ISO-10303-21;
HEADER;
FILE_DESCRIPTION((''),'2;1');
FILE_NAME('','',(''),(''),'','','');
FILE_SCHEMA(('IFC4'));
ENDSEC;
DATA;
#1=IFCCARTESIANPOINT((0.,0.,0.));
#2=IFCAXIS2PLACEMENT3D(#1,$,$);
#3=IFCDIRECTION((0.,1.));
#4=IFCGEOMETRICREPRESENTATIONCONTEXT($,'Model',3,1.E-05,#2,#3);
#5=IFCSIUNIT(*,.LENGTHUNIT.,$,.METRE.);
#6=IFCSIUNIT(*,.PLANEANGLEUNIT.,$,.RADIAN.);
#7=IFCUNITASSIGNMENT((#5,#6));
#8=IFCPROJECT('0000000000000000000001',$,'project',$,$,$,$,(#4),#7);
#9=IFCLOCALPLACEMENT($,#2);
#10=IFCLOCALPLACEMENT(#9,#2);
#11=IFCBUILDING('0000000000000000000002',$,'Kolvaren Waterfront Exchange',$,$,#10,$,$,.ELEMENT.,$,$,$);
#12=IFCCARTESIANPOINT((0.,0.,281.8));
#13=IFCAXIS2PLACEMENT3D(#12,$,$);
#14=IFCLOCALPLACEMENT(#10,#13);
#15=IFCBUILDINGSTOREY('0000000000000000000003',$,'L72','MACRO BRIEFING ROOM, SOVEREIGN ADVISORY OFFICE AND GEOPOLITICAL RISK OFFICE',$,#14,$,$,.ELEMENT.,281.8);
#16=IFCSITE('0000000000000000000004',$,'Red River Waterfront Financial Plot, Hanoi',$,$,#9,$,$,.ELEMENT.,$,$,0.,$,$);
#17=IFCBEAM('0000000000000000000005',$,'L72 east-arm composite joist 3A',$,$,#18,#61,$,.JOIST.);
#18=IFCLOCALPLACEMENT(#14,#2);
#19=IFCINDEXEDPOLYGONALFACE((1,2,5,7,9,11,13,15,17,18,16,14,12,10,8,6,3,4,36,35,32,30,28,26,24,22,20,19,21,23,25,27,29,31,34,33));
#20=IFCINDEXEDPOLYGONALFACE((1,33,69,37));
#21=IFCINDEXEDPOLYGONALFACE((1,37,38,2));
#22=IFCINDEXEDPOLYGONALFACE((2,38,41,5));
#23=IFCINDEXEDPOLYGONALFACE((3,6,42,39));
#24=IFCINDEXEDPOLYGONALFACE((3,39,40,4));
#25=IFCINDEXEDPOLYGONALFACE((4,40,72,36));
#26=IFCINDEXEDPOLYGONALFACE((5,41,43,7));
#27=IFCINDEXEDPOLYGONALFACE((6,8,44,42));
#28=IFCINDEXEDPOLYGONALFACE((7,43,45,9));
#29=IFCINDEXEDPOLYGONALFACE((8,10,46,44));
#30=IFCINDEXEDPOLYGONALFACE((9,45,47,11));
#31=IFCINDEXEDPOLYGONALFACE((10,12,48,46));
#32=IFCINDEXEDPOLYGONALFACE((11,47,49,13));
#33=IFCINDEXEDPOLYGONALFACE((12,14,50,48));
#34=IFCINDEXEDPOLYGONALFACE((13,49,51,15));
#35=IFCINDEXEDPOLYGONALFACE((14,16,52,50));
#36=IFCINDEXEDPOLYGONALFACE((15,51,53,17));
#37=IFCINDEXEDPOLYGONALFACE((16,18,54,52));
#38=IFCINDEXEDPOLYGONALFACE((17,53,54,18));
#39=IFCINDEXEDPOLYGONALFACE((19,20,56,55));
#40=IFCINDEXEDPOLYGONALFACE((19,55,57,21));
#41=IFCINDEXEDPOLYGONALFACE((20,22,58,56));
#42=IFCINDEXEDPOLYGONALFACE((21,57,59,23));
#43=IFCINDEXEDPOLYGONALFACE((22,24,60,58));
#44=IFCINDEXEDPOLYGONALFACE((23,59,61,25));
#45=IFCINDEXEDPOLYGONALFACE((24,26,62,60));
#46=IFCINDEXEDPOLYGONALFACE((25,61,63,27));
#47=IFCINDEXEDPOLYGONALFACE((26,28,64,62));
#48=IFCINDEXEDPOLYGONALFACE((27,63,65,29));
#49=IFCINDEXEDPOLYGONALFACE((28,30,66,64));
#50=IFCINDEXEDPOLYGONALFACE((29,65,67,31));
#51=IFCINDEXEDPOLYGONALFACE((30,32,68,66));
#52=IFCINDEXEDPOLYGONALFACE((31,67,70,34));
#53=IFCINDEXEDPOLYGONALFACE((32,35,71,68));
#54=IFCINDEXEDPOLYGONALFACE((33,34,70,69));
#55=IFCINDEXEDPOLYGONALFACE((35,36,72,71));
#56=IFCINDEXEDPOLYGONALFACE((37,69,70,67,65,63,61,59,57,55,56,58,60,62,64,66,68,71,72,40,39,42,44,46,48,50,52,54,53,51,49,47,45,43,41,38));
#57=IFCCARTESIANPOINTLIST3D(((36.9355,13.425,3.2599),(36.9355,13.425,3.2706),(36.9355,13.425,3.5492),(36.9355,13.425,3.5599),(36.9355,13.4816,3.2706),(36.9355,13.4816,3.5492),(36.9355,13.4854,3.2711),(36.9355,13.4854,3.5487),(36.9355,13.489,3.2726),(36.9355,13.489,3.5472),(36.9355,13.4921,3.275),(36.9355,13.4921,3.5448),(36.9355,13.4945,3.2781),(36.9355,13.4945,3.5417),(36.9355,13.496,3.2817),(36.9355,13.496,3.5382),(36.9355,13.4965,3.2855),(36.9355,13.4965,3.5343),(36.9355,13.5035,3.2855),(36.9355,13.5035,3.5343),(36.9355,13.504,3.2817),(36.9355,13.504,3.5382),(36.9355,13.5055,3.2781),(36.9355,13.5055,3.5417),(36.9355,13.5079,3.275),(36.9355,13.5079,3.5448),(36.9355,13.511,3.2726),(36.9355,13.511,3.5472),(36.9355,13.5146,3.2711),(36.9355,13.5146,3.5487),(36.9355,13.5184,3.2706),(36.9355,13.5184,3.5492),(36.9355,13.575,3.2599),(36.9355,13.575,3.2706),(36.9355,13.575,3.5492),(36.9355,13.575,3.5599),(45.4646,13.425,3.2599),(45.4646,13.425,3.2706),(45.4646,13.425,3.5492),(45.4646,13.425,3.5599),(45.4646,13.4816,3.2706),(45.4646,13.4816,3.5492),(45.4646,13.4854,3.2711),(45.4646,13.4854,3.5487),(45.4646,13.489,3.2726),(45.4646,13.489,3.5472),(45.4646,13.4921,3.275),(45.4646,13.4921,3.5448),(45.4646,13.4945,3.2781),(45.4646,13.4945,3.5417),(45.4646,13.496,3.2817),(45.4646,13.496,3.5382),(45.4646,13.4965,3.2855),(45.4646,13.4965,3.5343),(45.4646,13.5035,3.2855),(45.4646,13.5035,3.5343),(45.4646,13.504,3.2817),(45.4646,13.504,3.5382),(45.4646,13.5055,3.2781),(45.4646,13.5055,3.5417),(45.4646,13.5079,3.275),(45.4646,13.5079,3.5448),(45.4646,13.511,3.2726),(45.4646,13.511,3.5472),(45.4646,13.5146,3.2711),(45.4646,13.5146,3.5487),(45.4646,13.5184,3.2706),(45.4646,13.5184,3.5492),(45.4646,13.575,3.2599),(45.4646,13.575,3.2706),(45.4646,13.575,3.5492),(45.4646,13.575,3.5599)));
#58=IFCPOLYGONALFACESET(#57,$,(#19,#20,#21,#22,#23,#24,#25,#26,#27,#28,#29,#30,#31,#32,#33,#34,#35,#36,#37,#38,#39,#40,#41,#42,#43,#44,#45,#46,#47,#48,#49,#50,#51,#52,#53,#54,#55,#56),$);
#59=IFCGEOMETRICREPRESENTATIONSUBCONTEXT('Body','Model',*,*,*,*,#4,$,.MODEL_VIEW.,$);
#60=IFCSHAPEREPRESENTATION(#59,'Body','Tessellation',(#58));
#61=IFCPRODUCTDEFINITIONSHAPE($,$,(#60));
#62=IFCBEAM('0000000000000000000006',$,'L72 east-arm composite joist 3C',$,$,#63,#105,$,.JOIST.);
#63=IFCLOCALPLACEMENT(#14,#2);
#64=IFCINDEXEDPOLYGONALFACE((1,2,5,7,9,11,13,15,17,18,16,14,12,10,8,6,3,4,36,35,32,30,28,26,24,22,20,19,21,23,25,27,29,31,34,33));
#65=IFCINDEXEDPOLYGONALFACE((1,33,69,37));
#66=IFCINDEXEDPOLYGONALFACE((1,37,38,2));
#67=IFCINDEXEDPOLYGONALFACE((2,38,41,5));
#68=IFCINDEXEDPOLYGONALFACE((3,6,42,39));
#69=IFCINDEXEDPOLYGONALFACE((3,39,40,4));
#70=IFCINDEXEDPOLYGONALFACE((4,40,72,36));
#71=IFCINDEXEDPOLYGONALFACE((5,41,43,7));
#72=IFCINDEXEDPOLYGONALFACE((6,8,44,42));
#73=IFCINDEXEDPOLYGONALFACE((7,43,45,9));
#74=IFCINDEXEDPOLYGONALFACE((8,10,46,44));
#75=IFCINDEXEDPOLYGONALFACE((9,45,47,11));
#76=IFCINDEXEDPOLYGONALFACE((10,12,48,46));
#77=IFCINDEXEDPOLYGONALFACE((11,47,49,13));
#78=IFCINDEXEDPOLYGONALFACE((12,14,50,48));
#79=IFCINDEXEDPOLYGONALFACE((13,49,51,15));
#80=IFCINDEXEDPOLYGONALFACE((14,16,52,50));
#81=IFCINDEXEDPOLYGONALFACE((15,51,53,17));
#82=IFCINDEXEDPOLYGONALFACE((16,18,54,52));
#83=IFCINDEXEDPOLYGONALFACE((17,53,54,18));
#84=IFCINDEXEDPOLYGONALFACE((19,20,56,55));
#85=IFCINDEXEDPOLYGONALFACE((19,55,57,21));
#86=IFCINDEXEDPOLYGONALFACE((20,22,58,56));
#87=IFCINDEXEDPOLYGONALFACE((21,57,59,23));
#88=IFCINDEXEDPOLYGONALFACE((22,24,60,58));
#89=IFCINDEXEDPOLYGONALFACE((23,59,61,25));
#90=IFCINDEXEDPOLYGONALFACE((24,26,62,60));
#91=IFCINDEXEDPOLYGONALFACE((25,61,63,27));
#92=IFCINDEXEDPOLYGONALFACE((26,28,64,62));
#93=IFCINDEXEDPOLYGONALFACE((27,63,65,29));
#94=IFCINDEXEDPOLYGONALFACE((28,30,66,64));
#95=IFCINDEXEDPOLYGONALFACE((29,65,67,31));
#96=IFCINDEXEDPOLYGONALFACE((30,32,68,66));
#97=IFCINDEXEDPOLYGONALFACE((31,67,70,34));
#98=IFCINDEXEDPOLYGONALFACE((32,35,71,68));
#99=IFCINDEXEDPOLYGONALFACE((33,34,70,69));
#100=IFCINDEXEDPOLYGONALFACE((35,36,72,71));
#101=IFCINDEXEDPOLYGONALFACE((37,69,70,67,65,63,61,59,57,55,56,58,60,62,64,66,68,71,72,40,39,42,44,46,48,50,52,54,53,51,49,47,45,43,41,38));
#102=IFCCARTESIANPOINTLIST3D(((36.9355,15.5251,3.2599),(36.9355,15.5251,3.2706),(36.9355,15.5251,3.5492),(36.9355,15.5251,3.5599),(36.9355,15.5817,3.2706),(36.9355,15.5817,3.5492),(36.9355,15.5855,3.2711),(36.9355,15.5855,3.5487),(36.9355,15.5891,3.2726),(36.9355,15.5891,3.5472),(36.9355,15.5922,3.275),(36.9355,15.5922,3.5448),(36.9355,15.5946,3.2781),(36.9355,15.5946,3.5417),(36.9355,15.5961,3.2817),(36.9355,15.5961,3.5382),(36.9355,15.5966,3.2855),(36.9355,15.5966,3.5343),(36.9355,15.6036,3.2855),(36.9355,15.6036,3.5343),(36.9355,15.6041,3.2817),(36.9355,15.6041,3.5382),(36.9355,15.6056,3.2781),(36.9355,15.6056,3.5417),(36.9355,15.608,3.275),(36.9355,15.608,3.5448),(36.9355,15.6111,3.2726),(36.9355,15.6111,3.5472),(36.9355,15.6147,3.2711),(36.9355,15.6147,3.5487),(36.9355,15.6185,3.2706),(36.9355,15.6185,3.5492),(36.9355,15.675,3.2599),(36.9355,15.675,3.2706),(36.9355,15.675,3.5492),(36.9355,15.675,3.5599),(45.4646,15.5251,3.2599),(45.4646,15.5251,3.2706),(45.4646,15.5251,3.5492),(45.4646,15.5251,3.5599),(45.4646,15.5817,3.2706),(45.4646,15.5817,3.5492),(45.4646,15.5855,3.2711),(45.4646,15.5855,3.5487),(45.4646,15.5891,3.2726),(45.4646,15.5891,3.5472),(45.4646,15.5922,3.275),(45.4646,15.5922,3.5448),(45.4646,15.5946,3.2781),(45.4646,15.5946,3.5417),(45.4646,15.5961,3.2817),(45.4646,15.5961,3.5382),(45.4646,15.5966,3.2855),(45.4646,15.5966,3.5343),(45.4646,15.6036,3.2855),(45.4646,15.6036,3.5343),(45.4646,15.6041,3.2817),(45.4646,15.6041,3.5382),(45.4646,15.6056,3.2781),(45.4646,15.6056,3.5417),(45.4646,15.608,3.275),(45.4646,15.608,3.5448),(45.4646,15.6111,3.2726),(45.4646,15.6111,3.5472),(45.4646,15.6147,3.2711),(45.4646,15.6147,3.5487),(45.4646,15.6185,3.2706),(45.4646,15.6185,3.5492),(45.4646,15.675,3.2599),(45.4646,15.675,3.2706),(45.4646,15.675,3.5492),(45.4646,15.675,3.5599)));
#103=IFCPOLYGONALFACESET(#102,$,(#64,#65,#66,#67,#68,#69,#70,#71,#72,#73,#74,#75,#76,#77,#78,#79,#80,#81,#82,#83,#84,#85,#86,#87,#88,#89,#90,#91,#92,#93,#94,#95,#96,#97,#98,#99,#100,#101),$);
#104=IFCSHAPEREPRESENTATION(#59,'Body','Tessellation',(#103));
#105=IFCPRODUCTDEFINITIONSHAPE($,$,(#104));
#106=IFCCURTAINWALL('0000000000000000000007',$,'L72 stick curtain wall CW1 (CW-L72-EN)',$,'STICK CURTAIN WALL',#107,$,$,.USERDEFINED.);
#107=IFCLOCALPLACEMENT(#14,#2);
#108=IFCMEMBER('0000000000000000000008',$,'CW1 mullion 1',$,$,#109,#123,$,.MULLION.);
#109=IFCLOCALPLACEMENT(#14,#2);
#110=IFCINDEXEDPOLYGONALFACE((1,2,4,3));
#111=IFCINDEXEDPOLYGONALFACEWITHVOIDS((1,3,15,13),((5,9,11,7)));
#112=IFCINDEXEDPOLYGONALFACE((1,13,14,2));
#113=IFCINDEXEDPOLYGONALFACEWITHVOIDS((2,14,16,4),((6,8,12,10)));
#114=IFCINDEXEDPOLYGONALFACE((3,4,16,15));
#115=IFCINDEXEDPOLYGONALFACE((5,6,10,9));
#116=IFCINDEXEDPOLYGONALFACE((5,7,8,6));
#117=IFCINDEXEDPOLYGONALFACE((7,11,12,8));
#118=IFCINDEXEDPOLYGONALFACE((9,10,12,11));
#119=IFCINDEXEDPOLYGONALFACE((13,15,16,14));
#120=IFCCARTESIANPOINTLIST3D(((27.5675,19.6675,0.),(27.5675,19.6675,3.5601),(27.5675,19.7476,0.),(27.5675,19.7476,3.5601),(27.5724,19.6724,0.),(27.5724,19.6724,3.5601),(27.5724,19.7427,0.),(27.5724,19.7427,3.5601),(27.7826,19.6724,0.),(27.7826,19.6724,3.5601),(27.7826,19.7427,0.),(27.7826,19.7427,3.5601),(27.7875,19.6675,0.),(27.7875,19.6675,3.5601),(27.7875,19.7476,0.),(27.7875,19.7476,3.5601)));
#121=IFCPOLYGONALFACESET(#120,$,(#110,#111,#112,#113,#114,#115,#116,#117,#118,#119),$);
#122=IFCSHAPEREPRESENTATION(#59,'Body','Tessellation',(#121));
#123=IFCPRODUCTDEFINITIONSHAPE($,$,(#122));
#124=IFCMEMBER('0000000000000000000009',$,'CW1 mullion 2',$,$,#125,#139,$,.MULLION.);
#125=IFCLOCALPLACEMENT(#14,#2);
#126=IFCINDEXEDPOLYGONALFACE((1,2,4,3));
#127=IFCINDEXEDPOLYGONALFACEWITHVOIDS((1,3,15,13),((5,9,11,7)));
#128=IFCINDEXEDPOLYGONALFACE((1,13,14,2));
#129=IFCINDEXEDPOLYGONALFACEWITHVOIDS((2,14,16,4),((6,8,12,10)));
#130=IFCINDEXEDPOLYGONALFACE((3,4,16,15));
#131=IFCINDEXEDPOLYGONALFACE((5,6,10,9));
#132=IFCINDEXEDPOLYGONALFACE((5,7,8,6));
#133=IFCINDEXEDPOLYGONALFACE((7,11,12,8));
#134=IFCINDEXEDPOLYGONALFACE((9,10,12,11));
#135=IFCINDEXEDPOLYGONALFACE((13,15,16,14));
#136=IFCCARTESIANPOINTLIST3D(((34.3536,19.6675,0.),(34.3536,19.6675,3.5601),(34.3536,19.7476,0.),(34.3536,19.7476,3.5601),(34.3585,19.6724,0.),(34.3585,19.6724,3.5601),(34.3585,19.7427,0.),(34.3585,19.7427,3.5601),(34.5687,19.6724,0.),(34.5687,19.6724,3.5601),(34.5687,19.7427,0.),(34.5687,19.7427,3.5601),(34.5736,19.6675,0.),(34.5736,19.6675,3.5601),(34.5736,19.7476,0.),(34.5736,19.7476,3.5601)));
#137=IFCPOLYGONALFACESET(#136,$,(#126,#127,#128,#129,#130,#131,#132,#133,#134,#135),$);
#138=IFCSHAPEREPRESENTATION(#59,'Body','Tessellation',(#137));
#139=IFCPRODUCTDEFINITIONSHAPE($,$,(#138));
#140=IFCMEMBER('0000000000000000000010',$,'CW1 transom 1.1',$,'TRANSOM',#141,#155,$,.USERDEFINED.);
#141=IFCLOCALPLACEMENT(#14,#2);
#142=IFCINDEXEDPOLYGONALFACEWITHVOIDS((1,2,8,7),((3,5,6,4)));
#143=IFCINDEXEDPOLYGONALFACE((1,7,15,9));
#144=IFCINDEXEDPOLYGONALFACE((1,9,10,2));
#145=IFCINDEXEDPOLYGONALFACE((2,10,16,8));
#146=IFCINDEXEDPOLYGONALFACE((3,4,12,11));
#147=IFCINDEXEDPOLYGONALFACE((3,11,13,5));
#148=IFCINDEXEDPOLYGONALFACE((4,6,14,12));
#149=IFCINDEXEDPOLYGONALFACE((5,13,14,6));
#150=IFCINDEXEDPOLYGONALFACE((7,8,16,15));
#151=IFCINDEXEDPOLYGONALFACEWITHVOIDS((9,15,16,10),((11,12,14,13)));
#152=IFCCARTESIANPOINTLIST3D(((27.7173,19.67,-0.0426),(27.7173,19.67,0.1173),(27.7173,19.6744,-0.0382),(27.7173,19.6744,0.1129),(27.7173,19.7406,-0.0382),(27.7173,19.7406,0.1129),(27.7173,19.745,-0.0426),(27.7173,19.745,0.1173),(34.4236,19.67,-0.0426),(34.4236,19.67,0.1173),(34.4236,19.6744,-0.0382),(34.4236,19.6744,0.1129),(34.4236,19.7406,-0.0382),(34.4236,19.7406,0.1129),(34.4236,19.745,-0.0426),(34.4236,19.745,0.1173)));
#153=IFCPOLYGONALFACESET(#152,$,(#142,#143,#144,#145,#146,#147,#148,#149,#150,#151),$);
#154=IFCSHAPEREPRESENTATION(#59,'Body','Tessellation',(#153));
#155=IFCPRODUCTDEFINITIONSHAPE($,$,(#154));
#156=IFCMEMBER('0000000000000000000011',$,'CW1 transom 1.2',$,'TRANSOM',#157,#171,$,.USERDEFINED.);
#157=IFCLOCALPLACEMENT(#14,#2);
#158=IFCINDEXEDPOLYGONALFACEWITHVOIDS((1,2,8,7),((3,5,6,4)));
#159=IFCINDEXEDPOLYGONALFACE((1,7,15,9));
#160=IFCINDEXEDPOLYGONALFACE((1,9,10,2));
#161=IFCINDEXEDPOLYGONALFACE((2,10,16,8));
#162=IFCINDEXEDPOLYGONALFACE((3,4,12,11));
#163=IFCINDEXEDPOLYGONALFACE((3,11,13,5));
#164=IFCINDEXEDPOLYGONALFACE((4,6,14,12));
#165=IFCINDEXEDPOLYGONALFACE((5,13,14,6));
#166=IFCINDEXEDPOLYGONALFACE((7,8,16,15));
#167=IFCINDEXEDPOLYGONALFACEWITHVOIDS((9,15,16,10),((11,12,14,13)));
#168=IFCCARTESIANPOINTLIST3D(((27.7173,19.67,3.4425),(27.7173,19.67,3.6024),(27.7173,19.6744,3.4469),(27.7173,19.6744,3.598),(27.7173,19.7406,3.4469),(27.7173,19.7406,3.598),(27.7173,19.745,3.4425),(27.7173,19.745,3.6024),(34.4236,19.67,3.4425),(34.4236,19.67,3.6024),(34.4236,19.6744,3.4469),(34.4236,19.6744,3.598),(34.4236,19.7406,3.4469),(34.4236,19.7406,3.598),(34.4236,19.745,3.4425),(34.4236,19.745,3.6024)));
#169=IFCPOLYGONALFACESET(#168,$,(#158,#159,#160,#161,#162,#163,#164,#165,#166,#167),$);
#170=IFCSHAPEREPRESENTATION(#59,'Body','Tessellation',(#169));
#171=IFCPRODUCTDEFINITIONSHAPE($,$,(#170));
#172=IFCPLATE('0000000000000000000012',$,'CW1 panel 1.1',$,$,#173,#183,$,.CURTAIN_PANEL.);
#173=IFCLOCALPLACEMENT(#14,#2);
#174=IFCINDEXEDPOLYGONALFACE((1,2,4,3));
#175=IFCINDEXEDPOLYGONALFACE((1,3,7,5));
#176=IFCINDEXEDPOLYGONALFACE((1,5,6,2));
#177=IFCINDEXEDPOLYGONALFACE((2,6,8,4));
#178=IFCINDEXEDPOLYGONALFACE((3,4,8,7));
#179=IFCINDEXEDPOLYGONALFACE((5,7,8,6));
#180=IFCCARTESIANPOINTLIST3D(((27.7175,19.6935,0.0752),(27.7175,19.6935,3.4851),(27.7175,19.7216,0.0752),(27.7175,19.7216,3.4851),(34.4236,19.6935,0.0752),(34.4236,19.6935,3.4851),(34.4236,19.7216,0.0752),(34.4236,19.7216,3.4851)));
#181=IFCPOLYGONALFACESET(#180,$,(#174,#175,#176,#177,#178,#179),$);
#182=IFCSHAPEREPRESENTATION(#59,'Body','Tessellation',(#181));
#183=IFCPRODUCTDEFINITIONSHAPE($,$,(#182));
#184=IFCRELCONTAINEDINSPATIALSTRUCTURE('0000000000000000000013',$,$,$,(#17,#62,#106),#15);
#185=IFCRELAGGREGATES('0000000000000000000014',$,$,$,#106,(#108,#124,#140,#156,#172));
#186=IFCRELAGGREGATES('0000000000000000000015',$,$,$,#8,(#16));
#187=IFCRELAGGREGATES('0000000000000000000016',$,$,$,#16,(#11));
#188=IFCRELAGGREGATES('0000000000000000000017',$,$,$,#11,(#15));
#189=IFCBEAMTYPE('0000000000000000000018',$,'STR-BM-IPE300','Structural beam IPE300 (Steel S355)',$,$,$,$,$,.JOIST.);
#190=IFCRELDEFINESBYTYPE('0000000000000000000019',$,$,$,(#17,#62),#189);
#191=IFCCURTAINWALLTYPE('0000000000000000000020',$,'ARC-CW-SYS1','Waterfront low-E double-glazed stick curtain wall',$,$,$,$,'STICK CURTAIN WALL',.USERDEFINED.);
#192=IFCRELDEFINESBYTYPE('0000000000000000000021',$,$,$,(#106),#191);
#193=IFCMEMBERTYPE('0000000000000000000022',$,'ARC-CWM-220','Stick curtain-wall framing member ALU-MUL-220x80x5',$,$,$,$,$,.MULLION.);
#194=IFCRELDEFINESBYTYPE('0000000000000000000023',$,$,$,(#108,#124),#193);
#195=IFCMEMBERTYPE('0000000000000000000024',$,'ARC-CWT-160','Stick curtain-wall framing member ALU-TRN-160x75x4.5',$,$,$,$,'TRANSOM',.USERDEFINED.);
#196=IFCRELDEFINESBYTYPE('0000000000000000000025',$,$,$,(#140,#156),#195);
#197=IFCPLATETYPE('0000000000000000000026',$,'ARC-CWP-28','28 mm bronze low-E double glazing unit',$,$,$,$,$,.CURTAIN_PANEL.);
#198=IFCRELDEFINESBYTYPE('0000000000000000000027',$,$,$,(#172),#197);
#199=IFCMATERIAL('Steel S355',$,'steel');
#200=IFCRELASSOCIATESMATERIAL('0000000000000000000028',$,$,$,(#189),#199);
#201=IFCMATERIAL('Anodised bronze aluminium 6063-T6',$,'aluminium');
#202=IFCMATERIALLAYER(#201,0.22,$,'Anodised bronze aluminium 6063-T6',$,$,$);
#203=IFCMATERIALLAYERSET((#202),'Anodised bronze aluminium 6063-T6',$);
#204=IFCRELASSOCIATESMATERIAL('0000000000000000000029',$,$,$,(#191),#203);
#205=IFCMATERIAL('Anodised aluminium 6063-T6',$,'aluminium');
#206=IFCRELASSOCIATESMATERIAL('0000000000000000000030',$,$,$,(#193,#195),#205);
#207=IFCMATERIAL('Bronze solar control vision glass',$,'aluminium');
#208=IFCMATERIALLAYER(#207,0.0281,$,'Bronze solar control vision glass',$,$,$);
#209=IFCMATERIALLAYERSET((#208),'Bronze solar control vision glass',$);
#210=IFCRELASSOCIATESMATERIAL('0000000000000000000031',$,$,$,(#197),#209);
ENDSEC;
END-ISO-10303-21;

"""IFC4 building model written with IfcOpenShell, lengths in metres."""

from ifc_helpers import new_model, si_unit, direction, frame, origin, origin_with_axes, origin_2d, place, context, subcontext, project, spatial, rectangle, hollow_rectangle, i_section, extrude, source, transform, mapped, material, layer, layer_set, material_profile, profile_set, type_object, element, aggregate, save


model = new_model("IFC4")

# Units and contexts
model_context = context("Model", 3, precision=1e-05, world=origin(), true_north=direction((0.0, 1.0)))
body_context = subcontext(model_context, "Body", "Model", "MODEL_VIEW")
ifc_project = project(units=[si_unit("LENGTHUNIT", "METRE"), si_unit("PLANEANGLEUNIT", "RADIAN")], contexts=[model_context])

# Site, building, storey
site_placement = place(None, origin())
site = spatial("IfcSite", under=ifc_project, at=site_placement, Name="Red River Waterfront Financial Plot, Hanoi", CompositionType="ELEMENT", RefElevation=0.0)
building_placement = place(site_placement, origin())
building = spatial("IfcBuilding", under=site, at=building_placement, Name="Kolvaren Waterfront Exchange", CompositionType="ELEMENT")
storey_placement = place(building_placement, frame((0.0, 0.0, 281.8)))
storey = spatial("IfcBuildingStorey", under=building, at=storey_placement, Name="L72", Description="MACRO BRIEFING ROOM, SOVEREIGN ADVISORY OFFICE AND GEOPOLITICAL RISK OFFICE", CompositionType="ELEMENT", Elevation=281.8)

# Beams
ifc_material_1 = material(Name="Steel S355", Category="steel")
ifc_material_profile_1 = material_profile(ifc_material_1, i_section(OverallWidth=0.1499, OverallDepth=0.3, WebThickness=0.0071, FlangeThickness=0.0107, FilletRadius=0.0149, at=origin_2d()), Name="IPE300")
ifc_profile_set_1 = profile_set([ifc_material_profile_1], Name="Steel S355")
beam_type_1 = type_object("IfcBeamType", Name="STR-BM-IPE300", Description="Structural beam IPE300 (Steel S355)", PredefinedType="JOIST", material=ifc_profile_set_1)
for number, where, z_axis, x_axis, name in (
    (1, (36.9355, 13.5, 3.4099), (1.0, 0.0, 0.0), (0.0, 1.0, 0.0), "L72 east-arm composite joist 3A"),
    (2, (36.9355, 15.6001, 3.4099), (1.0, 0.0, 0.0), (0.0, 1.0, 0.0), "L72 east-arm composite joist 3C"),
):
    element("IfcBeam", number, at=place(storey_placement, frame(where, z_axis=z_axis, x_axis=x_axis)), inside=storey, type_object=beam_type_1, Name=name, PredefinedType="JOIST", context=body_context, shape_type="SweptSolid", body=[
        extrude(i_section(OverallWidth=0.1499, OverallDepth=0.3, WebThickness=0.0071, FlangeThickness=0.0107, FilletRadius=0.0149, at=origin_2d()), origin(), (0.0, 0.0, 1.0), 8.5291),
    ])

# Curtain wall, members, plate
ifc_material_2 = material(Name="Anodised bronze aluminium 6063-T6", Category="aluminium")
ifc_layer_1 = layer(ifc_material_2, 0.22, Name="Anodised bronze aluminium 6063-T6")
ifc_layer_set_1 = layer_set([ifc_layer_1], Name="Anodised bronze aluminium 6063-T6")
curtain_wall_type = type_object("IfcCurtainWallType", Name="ARC-CW-SYS1", Description="Waterfront low-E double-glazed stick curtain wall", ElementType="STICK CURTAIN WALL", PredefinedType="USERDEFINED", material=ifc_layer_set_1)
curtain_wall_placement = place(storey_placement, origin())
curtain_wall = element("IfcCurtainWall", 3, at=curtain_wall_placement, inside=storey, type_object=curtain_wall_type, Name="L72 stick curtain wall CW1 (CW-L72-EN)", ObjectType="STICK CURTAIN WALL", PredefinedType="USERDEFINED")
ifc_material_3 = material(Name="Anodised aluminium 6063-T6", Category="aluminium")
ifc_material_profile_2 = material_profile(ifc_material_3, hollow_rectangle(XDim=0.0801, YDim=0.22, WallThickness=0.0049, at=origin_2d()), Name="ALU-MUL-220x80x5")
ifc_profile_set_2 = profile_set([ifc_material_profile_2], Name="Anodised aluminium 6063-T6")
member_type_1 = type_object("IfcMemberType", Name="ARC-CWM-220", Description="Stick curtain-wall framing member ALU-MUL-220x80x5", PredefinedType="MULLION", material=ifc_profile_set_2)
shared_shape_1 = source(origin_with_axes(), body_context, "Body", "SweptSolid", [
    extrude(hollow_rectangle(XDim=0.0801, YDim=0.22, WallThickness=0.0049, at=origin_2d()), origin(), (0.0, 0.0, 1.0), 3.5601),
])
member_1_placement = place(storey_placement, frame((27.6775, 19.7075, 0.0), z_axis=(0.0, 0.0, 1.0), x_axis=(0.0, 1.0, 0.0)))
member_1 = element("IfcMember", 4, at=member_1_placement, type_object=member_type_1, Name="CW1 mullion 1", PredefinedType="MULLION", context=body_context, shape_type="MappedRepresentation", body=[
    mapped(shared_shape_1, transform((0.0, 0.0, 0.0), x_axis=(1.0, 0.0, 0.0), y_axis=(0.0, 1.0, 0.0), z_axis=(0.0, 0.0, 1.0), scale=1.0)),
])
member_2_placement = place(storey_placement, frame((34.4636, 19.7075, 0.0), z_axis=(0.0, 0.0, 1.0), x_axis=(0.0, 1.0, 0.0)))
member_2 = element("IfcMember", 5, at=member_2_placement, type_object=member_type_1, Name="CW1 mullion 2", PredefinedType="MULLION", context=body_context, shape_type="MappedRepresentation", body=[
    mapped(shared_shape_1, transform((0.0, 0.0, 0.0), x_axis=(1.0, 0.0, 0.0), y_axis=(0.0, 1.0, 0.0), z_axis=(0.0, 0.0, 1.0), scale=1.0)),
])
ifc_material_profile_3 = material_profile(ifc_material_3, hollow_rectangle(XDim=0.075, YDim=0.1599, WallThickness=0.0044, at=origin_2d()), Name="ALU-TRN-160x75x4.5")
ifc_profile_set_3 = profile_set([ifc_material_profile_3], Name="Anodised aluminium 6063-T6")
member_type_2 = type_object("IfcMemberType", Name="ARC-CWT-160", Description="Stick curtain-wall framing member ALU-TRN-160x75x4.5", ElementType="TRANSOM", PredefinedType="USERDEFINED", material=ifc_profile_set_3)
shared_shape_2 = source(origin_with_axes(), body_context, "Body", "SweptSolid", [
    extrude(hollow_rectangle(XDim=0.075, YDim=0.1599, WallThickness=0.0044, at=origin_2d()), origin(), (0.0, 0.0, 1.0), 6.7063),
])
member_3_placement = place(storey_placement, frame((27.7173, 19.7075, 0.0374), z_axis=(1.0, 0.0, 0.0), x_axis=(0.0, 1.0, 0.0)))
member_3 = element("IfcMember", 6, at=member_3_placement, type_object=member_type_2, Name="CW1 transom 1.1", ObjectType="TRANSOM", PredefinedType="USERDEFINED", context=body_context, shape_type="MappedRepresentation", body=[
    mapped(shared_shape_2, transform((0.0, 0.0, 0.0), x_axis=(1.0, 0.0, 0.0), y_axis=(0.0, 1.0, 0.0), z_axis=(0.0, 0.0, 1.0), scale=1.0)),
])
member_4_placement = place(storey_placement, frame((27.7173, 19.7075, 3.5225), z_axis=(1.0, 0.0, 0.0), x_axis=(0.0, 1.0, 0.0)))
member_4 = element("IfcMember", 7, at=member_4_placement, type_object=member_type_2, Name="CW1 transom 1.2", ObjectType="TRANSOM", PredefinedType="USERDEFINED", context=body_context, shape_type="MappedRepresentation", body=[
    mapped(shared_shape_2, transform((0.0, 0.0, 0.0), x_axis=(1.0, 0.0, 0.0), y_axis=(0.0, 1.0, 0.0), z_axis=(0.0, 0.0, 1.0), scale=1.0)),
])
ifc_material_4 = material(Name="Bronze solar control vision glass", Category="aluminium")
ifc_layer_2 = layer(ifc_material_4, 0.0281, Name="Bronze solar control vision glass")
ifc_layer_set_2 = layer_set([ifc_layer_2], Name="Bronze solar control vision glass")
plate_type = type_object("IfcPlateType", Name="ARC-CWP-28", Description="28 mm bronze low-E double glazing unit", PredefinedType="CURTAIN_PANEL", material=ifc_layer_set_2)
shared_shape_3 = source(origin_with_axes(), body_context, "Body", "SweptSolid", [
    extrude(rectangle(XDim=6.7061, YDim=0.0281, at=origin_2d()), origin(), (0.0, 0.0, 1.0), 3.4099),
])
plate_placement = place(storey_placement, frame((31.0706, 19.7075, 0.0752), z_axis=(0.0, 0.0, 1.0), x_axis=(1.0, 0.0, 0.0)))
plate = element("IfcPlate", 8, at=plate_placement, type_object=plate_type, Name="CW1 panel 1.1", PredefinedType="CURTAIN_PANEL", context=body_context, shape_type="MappedRepresentation", body=[
    mapped(shared_shape_3, transform((0.0, 0.0, 0.0), x_axis=(1.0, 0.0, 0.0), y_axis=(0.0, 1.0, 0.0), z_axis=(0.0, 0.0, 1.0), scale=1.0)),
])
aggregate(curtain_wall, [member_1, member_2, member_3, member_4, plate])

save(model, "model.ifc")
